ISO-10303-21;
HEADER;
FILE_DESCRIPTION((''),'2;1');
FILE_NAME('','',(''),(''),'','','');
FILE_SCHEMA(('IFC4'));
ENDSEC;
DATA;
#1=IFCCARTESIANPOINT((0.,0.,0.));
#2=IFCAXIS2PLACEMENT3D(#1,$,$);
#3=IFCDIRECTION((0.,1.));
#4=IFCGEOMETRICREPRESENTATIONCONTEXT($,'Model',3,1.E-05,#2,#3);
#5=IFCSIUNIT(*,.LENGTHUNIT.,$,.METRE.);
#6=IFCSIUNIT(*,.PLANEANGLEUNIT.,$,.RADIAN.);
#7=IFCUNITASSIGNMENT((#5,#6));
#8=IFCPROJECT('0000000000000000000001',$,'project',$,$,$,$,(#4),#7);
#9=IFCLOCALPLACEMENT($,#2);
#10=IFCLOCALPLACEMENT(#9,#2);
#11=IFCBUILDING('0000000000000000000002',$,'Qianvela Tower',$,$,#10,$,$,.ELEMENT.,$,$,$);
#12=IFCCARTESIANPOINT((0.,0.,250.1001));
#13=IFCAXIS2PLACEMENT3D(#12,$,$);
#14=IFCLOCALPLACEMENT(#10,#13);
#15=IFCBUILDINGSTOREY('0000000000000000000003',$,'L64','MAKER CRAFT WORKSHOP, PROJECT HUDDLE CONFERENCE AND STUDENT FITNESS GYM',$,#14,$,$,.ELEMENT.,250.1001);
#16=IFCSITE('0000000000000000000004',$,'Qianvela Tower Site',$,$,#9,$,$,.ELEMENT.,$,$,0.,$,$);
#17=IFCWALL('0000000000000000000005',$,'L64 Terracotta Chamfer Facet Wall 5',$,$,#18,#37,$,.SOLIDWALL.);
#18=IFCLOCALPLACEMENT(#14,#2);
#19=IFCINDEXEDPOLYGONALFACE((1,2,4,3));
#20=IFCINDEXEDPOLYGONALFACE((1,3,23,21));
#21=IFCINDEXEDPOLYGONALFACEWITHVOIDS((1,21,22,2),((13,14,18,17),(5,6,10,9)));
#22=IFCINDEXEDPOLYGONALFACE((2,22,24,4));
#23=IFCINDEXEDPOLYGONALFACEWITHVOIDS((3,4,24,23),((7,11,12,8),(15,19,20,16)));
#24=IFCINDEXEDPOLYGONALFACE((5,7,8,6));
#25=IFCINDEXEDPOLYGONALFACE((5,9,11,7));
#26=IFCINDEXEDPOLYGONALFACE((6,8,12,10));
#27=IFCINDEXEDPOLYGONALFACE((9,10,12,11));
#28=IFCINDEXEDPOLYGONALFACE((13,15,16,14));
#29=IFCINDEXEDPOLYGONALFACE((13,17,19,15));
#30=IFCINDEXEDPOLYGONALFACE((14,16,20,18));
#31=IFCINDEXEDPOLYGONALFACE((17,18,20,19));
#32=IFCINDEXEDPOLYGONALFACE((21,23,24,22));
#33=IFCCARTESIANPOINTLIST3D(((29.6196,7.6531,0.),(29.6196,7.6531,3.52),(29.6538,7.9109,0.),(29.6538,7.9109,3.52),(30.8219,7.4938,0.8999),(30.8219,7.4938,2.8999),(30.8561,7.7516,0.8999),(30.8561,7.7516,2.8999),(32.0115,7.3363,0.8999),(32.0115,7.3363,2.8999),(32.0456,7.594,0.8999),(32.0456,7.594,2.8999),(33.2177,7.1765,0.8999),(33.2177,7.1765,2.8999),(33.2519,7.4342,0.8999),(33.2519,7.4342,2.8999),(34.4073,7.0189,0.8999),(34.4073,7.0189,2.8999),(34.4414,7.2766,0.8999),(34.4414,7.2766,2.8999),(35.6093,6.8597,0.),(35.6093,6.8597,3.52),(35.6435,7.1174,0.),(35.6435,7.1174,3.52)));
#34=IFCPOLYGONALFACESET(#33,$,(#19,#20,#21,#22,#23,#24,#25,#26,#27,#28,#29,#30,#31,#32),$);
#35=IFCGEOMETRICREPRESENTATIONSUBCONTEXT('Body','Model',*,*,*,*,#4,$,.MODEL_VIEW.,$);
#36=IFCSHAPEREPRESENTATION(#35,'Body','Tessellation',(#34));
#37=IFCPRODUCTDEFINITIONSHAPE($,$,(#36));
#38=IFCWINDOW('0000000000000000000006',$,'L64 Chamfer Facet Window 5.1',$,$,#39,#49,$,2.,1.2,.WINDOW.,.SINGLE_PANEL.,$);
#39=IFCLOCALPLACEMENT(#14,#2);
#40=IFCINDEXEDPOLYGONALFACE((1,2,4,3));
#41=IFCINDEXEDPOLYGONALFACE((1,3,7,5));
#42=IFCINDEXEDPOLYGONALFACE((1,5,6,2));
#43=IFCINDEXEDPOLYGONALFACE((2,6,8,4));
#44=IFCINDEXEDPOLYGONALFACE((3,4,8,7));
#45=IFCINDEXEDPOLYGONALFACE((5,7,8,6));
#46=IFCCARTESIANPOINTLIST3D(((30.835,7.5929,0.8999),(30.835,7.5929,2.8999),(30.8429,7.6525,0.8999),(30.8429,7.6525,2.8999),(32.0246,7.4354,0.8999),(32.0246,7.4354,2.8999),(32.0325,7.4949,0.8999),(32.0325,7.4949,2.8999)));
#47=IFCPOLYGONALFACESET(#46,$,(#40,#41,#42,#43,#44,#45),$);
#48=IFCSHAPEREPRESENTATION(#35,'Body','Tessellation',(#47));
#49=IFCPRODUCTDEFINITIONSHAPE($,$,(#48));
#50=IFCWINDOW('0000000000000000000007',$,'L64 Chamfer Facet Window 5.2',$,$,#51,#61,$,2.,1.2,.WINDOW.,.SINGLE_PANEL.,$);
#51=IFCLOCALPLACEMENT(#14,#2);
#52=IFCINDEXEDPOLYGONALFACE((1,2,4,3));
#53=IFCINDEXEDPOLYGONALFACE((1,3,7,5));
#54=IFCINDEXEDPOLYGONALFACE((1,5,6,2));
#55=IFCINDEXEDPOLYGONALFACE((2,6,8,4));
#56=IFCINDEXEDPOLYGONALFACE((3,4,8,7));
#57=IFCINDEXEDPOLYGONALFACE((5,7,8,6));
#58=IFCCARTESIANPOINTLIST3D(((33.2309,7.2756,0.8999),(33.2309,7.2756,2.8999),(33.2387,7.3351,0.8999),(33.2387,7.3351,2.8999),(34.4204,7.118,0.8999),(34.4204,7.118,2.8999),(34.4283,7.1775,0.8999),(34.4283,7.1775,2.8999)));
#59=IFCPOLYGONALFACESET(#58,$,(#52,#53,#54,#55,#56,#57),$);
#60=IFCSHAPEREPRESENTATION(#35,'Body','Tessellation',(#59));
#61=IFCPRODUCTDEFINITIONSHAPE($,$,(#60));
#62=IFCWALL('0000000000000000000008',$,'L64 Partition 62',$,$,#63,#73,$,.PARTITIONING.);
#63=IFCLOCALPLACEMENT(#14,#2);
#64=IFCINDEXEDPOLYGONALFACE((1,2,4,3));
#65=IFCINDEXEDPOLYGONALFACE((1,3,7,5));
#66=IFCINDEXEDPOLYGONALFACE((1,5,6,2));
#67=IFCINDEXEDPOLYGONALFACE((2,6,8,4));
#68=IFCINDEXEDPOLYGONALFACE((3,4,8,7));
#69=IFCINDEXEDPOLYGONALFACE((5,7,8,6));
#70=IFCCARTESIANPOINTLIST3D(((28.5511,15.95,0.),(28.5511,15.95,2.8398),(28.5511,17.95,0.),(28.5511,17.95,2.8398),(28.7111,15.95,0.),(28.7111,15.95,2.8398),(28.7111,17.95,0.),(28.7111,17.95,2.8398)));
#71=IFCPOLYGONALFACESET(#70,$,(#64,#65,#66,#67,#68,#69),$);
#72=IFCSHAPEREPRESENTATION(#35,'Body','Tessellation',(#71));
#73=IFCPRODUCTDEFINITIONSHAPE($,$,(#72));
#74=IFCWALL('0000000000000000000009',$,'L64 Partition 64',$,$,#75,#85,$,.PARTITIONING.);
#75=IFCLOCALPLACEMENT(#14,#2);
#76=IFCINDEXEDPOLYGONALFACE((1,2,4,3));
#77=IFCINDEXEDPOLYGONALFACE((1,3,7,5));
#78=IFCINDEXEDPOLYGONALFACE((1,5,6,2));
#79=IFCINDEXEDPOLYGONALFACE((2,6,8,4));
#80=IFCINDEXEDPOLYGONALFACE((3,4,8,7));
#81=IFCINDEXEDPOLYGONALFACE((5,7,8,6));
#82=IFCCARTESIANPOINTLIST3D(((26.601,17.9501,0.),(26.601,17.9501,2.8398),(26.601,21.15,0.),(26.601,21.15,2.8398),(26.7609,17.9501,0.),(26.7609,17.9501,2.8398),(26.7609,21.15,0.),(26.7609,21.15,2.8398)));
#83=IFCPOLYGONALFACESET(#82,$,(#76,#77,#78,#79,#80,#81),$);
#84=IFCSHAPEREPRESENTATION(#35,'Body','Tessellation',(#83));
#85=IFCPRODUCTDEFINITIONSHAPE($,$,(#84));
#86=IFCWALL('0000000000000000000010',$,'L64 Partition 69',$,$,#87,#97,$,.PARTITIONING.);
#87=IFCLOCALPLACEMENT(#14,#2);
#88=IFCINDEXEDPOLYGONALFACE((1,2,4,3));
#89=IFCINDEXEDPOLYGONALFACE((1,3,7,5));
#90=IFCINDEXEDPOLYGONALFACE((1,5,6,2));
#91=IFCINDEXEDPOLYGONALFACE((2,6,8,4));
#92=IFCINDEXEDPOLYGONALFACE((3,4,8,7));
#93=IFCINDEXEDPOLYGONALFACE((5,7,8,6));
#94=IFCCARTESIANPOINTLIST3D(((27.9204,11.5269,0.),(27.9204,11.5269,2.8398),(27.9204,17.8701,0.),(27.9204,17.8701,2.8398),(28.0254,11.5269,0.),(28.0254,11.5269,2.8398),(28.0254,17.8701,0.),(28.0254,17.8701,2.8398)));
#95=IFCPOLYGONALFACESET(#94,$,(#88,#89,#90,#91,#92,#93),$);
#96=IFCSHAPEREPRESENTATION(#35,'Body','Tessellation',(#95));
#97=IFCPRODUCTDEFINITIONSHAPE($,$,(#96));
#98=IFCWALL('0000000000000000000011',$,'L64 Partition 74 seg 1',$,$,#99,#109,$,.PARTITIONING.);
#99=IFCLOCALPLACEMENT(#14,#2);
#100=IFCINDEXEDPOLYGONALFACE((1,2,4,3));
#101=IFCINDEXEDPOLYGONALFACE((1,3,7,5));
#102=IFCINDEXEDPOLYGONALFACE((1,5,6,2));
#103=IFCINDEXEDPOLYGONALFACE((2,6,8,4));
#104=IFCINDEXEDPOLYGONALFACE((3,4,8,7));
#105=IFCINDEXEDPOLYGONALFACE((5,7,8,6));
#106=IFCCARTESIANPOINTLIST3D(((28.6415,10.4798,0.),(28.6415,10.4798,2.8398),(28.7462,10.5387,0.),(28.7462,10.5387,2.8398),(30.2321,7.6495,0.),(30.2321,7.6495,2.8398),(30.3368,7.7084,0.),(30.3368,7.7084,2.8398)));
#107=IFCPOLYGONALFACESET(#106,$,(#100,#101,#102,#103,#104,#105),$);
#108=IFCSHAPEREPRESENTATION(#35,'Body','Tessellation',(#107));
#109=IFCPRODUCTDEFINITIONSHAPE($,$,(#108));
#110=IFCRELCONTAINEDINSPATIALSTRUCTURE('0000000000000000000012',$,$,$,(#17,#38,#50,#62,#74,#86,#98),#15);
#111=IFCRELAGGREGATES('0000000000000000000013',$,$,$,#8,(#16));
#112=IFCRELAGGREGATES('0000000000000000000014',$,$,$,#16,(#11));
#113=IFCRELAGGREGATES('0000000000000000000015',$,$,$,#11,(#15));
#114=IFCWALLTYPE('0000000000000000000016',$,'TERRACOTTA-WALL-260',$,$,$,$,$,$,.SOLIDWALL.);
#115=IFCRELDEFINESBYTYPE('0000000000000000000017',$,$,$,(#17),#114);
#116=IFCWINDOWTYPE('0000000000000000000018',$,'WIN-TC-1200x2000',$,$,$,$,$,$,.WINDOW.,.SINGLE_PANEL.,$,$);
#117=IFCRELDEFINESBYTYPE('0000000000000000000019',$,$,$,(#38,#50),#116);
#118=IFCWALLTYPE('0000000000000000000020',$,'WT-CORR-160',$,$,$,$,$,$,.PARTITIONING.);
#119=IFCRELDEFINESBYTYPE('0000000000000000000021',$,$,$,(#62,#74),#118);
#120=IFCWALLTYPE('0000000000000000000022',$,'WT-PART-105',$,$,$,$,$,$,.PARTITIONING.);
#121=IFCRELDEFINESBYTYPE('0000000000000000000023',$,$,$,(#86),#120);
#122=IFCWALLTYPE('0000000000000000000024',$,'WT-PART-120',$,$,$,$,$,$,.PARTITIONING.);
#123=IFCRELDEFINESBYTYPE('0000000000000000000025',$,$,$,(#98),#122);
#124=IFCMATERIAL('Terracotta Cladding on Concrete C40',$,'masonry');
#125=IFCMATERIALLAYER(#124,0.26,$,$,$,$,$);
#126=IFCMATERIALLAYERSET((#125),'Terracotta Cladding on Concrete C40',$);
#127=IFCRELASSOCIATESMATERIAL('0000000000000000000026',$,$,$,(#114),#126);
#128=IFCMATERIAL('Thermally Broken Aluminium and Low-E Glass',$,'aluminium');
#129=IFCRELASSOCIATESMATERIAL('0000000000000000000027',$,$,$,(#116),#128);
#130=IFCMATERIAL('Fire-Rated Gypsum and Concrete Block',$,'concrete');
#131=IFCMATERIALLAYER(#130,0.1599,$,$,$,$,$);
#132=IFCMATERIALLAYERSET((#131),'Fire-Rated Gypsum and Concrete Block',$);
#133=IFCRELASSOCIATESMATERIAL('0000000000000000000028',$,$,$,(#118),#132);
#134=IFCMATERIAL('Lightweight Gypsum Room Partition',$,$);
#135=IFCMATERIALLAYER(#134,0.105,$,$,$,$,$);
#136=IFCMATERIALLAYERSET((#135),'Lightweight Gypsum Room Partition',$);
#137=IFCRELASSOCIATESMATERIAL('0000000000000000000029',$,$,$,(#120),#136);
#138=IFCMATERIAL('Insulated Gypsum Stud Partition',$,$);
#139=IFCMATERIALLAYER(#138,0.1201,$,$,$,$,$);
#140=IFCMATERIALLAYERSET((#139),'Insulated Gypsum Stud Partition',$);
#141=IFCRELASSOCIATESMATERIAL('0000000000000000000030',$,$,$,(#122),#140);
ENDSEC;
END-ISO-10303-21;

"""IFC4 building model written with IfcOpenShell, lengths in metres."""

from ifc_helpers import new_model, si_unit, direction, frame, frame_2d, origin, place, context, subcontext, project, spatial, rectangle, extrude, material, layer, layer_set, type_object, element, fill, save


model = new_model("IFC4")

# Units and contexts
model_context = context("Model", 3, precision=1e-05, world=origin(), true_north=direction((0.0, 1.0)))
body_context = subcontext(model_context, "Body", "Model", "MODEL_VIEW")
ifc_project = project(units=[si_unit("LENGTHUNIT", "METRE"), si_unit("PLANEANGLEUNIT", "RADIAN")], contexts=[model_context])

# Site, building, storey
site_placement = place(None, origin())
site = spatial("IfcSite", under=ifc_project, at=site_placement, Name="Qianvela Tower Site", CompositionType="ELEMENT", RefElevation=0.0)
building_placement = place(site_placement, origin())
building = spatial("IfcBuilding", under=site, at=building_placement, Name="Qianvela Tower", CompositionType="ELEMENT")
storey_placement = place(building_placement, frame((0.0, 0.0, 250.1001)))
storey = spatial("IfcBuildingStorey", under=building, at=storey_placement, Name="L64", Description="MAKER CRAFT WORKSHOP, PROJECT HUDDLE CONFERENCE AND STUDENT FITNESS GYM", CompositionType="ELEMENT", Elevation=250.1001)

# Wall, openings, windows
ifc_material_1 = material(Name="Terracotta Cladding on Concrete C40", Category="masonry")
ifc_layer_1 = layer(ifc_material_1, 0.26)
ifc_layer_set_1 = layer_set([ifc_layer_1], Name="Terracotta Cladding on Concrete C40")
wall_type_1 = type_object("IfcWallType", Name="TERRACOTTA-WALL-260", PredefinedType="SOLIDWALL", material=ifc_layer_set_1)
wall_1_placement = place(storey_placement, frame((29.6367, 7.782, 0.0), z_axis=(0.0, 0.0, 1.0), x_axis=(0.99134, -0.131322, 0.0)))
wall_1 = element("IfcWall", 1, at=wall_1_placement, inside=storey, type_object=wall_type_1, Name="L64 Terracotta Chamfer Facet Wall 5", PredefinedType="SOLIDWALL", context=body_context, shape_type="SweptSolid", body=[
    extrude(rectangle(XDim=6.042, YDim=0.26, at=frame_2d((3.021, 0.0))), origin(), (0.0, 0.0, 1.0), 3.52),
])
opening_1_placement = place(wall_1_placement, frame((1.2126, 0.0, 0.8999)))
opening_1 = element("IfcOpeningElement", 2, at=opening_1_placement, cuts=wall_1, PredefinedType="OPENING", context=body_context, shape_type="SweptSolid", body=[
    extrude(rectangle(XDim=1.2, YDim=2.0, at=frame_2d((0.6001, 1.0))), frame((0.0, 0.1399, 0.0), z_axis=(0.0, -1.0, 0.0), x_axis=(1.0, 0.0, 0.0)), (0.0, 0.0, 1.0), 0.28),
])
opening_2_placement = place(wall_1_placement, frame((3.6294, 0.0, 0.8999)))
opening_2 = element("IfcOpeningElement", 3, at=opening_2_placement, cuts=wall_1, PredefinedType="OPENING", context=body_context, shape_type="SweptSolid", body=[
    extrude(rectangle(XDim=1.2, YDim=2.0, at=frame_2d((0.6001, 1.0))), frame((0.0, 0.1399, 0.0), z_axis=(0.0, -1.0, 0.0), x_axis=(1.0, 0.0, 0.0)), (0.0, 0.0, 1.0), 0.28),
])
ifc_material_2 = material(Name="Thermally Broken Aluminium and Low-E Glass", Category="aluminium")
window_type = type_object("IfcWindowType", Name="WIN-TC-1200x2000", PartitioningType="SINGLE_PANEL", PredefinedType="WINDOW", material=ifc_material_2)
window_1_placement = place(opening_1_placement, origin())
window_1 = element("IfcWindow", 4, at=window_1_placement, inside=storey, type_object=window_type, Name="L64 Chamfer Facet Window 5.1", OverallHeight=2.0, OverallWidth=1.2, PartitioningType="SINGLE_PANEL", PredefinedType="WINDOW", context=body_context, shape_type="SweptSolid", body=[
    extrude(rectangle(XDim=1.2, YDim=2.0, at=frame_2d((0.6001, 1.0))), frame((0.0, 0.03, 0.0), z_axis=(0.0, -1.0, 0.0), x_axis=(1.0, 0.0, 0.0)), (0.0, 0.0, 1.0), 0.0601),
])
fill(opening_1, window_1)
window_2_placement = place(opening_2_placement, origin())
window_2 = element("IfcWindow", 5, at=window_2_placement, inside=storey, type_object=window_type, Name="L64 Chamfer Facet Window 5.2", OverallHeight=2.0, OverallWidth=1.2, PartitioningType="SINGLE_PANEL", PredefinedType="WINDOW", context=body_context, shape_type="SweptSolid", body=[
    extrude(rectangle(XDim=1.2, YDim=2.0, at=frame_2d((0.6001, 1.0))), frame((0.0, 0.03, 0.0), z_axis=(0.0, -1.0, 0.0), x_axis=(1.0, 0.0, 0.0)), (0.0, 0.0, 1.0), 0.0601),
])
fill(opening_2, window_2)

# Walls
ifc_material_3 = material(Name="Fire-Rated Gypsum and Concrete Block", Category="concrete")
ifc_layer_2 = layer(ifc_material_3, 0.1599)
ifc_layer_set_2 = layer_set([ifc_layer_2], Name="Fire-Rated Gypsum and Concrete Block")
wall_type_2 = type_object("IfcWallType", Name="WT-CORR-160", PredefinedType="PARTITIONING", material=ifc_layer_set_2)
wall_2_placement = place(storey_placement, frame((28.6311, 15.95, 0.0), z_axis=(0.0, 0.0, 1.0), x_axis=(0.0, 1.0, 0.0)))
element("IfcWall", 6, at=wall_2_placement, inside=storey, type_object=wall_type_2, Name="L64 Partition 62", PredefinedType="PARTITIONING", context=body_context, shape_type="SweptSolid", body=[
    extrude(rectangle(XDim=2.0, YDim=0.1599, at=frame_2d((1.0, 0.0))), origin(), (0.0, 0.0, 1.0), 2.8398),
])
wall_3_placement = place(storey_placement, frame((26.6809, 17.95, 0.0), z_axis=(0.0, 0.0, 1.0), x_axis=(0.0, 1.0, 0.0)))
element("IfcWall", 7, at=wall_3_placement, inside=storey, type_object=wall_type_2, Name="L64 Partition 64", PredefinedType="PARTITIONING", context=body_context, shape_type="SweptSolid", body=[
    extrude(rectangle(XDim=3.2, YDim=0.1599, at=frame_2d((1.6001, 0.0))), origin(), (0.0, 0.0, 1.0), 2.8398),
])
ifc_material_4 = material(Name="Lightweight Gypsum Room Partition")
ifc_layer_3 = layer(ifc_material_4, 0.105)
ifc_layer_set_3 = layer_set([ifc_layer_3], Name="Lightweight Gypsum Room Partition")
wall_type_3 = type_object("IfcWallType", Name="WT-PART-105", PredefinedType="PARTITIONING", material=ifc_layer_set_3)
wall_4_placement = place(storey_placement, frame((27.9729, 11.5269, 0.0), z_axis=(0.0, 0.0, 1.0), x_axis=(0.0, 1.0, 0.0)))
element("IfcWall", 8, at=wall_4_placement, inside=storey, type_object=wall_type_3, Name="L64 Partition 69", PredefinedType="PARTITIONING", context=body_context, shape_type="SweptSolid", body=[
    extrude(rectangle(XDim=6.3433, YDim=0.105, at=frame_2d((3.1716, 0.0))), origin(), (0.0, 0.0, 1.0), 2.8398),
])
ifc_material_5 = material(Name="Insulated Gypsum Stud Partition")
ifc_layer_4 = layer(ifc_material_5, 0.1201)
ifc_layer_set_4 = layer_set([ifc_layer_4], Name="Insulated Gypsum Stud Partition")
wall_type_4 = type_object("IfcWallType", Name="WT-PART-120", PredefinedType="PARTITIONING", material=ifc_layer_set_4)
wall_5_placement = place(storey_placement, frame((30.2844, 7.679, 0.0), z_axis=(0.0, 0.0, 1.0), x_axis=(-0.489915, 0.87177, 0.0)))
element("IfcWall", 9, at=wall_5_placement, inside=storey, type_object=wall_type_4, Name="L64 Partition 74 seg 1", PredefinedType="PARTITIONING", context=body_context, shape_type="SweptSolid", body=[
    extrude(rectangle(XDim=3.2466, YDim=0.1201, at=frame_2d((1.6233, 0.0))), origin(), (0.0, 0.0, 1.0), 2.8398),
])

save(model, "model.ifc")
